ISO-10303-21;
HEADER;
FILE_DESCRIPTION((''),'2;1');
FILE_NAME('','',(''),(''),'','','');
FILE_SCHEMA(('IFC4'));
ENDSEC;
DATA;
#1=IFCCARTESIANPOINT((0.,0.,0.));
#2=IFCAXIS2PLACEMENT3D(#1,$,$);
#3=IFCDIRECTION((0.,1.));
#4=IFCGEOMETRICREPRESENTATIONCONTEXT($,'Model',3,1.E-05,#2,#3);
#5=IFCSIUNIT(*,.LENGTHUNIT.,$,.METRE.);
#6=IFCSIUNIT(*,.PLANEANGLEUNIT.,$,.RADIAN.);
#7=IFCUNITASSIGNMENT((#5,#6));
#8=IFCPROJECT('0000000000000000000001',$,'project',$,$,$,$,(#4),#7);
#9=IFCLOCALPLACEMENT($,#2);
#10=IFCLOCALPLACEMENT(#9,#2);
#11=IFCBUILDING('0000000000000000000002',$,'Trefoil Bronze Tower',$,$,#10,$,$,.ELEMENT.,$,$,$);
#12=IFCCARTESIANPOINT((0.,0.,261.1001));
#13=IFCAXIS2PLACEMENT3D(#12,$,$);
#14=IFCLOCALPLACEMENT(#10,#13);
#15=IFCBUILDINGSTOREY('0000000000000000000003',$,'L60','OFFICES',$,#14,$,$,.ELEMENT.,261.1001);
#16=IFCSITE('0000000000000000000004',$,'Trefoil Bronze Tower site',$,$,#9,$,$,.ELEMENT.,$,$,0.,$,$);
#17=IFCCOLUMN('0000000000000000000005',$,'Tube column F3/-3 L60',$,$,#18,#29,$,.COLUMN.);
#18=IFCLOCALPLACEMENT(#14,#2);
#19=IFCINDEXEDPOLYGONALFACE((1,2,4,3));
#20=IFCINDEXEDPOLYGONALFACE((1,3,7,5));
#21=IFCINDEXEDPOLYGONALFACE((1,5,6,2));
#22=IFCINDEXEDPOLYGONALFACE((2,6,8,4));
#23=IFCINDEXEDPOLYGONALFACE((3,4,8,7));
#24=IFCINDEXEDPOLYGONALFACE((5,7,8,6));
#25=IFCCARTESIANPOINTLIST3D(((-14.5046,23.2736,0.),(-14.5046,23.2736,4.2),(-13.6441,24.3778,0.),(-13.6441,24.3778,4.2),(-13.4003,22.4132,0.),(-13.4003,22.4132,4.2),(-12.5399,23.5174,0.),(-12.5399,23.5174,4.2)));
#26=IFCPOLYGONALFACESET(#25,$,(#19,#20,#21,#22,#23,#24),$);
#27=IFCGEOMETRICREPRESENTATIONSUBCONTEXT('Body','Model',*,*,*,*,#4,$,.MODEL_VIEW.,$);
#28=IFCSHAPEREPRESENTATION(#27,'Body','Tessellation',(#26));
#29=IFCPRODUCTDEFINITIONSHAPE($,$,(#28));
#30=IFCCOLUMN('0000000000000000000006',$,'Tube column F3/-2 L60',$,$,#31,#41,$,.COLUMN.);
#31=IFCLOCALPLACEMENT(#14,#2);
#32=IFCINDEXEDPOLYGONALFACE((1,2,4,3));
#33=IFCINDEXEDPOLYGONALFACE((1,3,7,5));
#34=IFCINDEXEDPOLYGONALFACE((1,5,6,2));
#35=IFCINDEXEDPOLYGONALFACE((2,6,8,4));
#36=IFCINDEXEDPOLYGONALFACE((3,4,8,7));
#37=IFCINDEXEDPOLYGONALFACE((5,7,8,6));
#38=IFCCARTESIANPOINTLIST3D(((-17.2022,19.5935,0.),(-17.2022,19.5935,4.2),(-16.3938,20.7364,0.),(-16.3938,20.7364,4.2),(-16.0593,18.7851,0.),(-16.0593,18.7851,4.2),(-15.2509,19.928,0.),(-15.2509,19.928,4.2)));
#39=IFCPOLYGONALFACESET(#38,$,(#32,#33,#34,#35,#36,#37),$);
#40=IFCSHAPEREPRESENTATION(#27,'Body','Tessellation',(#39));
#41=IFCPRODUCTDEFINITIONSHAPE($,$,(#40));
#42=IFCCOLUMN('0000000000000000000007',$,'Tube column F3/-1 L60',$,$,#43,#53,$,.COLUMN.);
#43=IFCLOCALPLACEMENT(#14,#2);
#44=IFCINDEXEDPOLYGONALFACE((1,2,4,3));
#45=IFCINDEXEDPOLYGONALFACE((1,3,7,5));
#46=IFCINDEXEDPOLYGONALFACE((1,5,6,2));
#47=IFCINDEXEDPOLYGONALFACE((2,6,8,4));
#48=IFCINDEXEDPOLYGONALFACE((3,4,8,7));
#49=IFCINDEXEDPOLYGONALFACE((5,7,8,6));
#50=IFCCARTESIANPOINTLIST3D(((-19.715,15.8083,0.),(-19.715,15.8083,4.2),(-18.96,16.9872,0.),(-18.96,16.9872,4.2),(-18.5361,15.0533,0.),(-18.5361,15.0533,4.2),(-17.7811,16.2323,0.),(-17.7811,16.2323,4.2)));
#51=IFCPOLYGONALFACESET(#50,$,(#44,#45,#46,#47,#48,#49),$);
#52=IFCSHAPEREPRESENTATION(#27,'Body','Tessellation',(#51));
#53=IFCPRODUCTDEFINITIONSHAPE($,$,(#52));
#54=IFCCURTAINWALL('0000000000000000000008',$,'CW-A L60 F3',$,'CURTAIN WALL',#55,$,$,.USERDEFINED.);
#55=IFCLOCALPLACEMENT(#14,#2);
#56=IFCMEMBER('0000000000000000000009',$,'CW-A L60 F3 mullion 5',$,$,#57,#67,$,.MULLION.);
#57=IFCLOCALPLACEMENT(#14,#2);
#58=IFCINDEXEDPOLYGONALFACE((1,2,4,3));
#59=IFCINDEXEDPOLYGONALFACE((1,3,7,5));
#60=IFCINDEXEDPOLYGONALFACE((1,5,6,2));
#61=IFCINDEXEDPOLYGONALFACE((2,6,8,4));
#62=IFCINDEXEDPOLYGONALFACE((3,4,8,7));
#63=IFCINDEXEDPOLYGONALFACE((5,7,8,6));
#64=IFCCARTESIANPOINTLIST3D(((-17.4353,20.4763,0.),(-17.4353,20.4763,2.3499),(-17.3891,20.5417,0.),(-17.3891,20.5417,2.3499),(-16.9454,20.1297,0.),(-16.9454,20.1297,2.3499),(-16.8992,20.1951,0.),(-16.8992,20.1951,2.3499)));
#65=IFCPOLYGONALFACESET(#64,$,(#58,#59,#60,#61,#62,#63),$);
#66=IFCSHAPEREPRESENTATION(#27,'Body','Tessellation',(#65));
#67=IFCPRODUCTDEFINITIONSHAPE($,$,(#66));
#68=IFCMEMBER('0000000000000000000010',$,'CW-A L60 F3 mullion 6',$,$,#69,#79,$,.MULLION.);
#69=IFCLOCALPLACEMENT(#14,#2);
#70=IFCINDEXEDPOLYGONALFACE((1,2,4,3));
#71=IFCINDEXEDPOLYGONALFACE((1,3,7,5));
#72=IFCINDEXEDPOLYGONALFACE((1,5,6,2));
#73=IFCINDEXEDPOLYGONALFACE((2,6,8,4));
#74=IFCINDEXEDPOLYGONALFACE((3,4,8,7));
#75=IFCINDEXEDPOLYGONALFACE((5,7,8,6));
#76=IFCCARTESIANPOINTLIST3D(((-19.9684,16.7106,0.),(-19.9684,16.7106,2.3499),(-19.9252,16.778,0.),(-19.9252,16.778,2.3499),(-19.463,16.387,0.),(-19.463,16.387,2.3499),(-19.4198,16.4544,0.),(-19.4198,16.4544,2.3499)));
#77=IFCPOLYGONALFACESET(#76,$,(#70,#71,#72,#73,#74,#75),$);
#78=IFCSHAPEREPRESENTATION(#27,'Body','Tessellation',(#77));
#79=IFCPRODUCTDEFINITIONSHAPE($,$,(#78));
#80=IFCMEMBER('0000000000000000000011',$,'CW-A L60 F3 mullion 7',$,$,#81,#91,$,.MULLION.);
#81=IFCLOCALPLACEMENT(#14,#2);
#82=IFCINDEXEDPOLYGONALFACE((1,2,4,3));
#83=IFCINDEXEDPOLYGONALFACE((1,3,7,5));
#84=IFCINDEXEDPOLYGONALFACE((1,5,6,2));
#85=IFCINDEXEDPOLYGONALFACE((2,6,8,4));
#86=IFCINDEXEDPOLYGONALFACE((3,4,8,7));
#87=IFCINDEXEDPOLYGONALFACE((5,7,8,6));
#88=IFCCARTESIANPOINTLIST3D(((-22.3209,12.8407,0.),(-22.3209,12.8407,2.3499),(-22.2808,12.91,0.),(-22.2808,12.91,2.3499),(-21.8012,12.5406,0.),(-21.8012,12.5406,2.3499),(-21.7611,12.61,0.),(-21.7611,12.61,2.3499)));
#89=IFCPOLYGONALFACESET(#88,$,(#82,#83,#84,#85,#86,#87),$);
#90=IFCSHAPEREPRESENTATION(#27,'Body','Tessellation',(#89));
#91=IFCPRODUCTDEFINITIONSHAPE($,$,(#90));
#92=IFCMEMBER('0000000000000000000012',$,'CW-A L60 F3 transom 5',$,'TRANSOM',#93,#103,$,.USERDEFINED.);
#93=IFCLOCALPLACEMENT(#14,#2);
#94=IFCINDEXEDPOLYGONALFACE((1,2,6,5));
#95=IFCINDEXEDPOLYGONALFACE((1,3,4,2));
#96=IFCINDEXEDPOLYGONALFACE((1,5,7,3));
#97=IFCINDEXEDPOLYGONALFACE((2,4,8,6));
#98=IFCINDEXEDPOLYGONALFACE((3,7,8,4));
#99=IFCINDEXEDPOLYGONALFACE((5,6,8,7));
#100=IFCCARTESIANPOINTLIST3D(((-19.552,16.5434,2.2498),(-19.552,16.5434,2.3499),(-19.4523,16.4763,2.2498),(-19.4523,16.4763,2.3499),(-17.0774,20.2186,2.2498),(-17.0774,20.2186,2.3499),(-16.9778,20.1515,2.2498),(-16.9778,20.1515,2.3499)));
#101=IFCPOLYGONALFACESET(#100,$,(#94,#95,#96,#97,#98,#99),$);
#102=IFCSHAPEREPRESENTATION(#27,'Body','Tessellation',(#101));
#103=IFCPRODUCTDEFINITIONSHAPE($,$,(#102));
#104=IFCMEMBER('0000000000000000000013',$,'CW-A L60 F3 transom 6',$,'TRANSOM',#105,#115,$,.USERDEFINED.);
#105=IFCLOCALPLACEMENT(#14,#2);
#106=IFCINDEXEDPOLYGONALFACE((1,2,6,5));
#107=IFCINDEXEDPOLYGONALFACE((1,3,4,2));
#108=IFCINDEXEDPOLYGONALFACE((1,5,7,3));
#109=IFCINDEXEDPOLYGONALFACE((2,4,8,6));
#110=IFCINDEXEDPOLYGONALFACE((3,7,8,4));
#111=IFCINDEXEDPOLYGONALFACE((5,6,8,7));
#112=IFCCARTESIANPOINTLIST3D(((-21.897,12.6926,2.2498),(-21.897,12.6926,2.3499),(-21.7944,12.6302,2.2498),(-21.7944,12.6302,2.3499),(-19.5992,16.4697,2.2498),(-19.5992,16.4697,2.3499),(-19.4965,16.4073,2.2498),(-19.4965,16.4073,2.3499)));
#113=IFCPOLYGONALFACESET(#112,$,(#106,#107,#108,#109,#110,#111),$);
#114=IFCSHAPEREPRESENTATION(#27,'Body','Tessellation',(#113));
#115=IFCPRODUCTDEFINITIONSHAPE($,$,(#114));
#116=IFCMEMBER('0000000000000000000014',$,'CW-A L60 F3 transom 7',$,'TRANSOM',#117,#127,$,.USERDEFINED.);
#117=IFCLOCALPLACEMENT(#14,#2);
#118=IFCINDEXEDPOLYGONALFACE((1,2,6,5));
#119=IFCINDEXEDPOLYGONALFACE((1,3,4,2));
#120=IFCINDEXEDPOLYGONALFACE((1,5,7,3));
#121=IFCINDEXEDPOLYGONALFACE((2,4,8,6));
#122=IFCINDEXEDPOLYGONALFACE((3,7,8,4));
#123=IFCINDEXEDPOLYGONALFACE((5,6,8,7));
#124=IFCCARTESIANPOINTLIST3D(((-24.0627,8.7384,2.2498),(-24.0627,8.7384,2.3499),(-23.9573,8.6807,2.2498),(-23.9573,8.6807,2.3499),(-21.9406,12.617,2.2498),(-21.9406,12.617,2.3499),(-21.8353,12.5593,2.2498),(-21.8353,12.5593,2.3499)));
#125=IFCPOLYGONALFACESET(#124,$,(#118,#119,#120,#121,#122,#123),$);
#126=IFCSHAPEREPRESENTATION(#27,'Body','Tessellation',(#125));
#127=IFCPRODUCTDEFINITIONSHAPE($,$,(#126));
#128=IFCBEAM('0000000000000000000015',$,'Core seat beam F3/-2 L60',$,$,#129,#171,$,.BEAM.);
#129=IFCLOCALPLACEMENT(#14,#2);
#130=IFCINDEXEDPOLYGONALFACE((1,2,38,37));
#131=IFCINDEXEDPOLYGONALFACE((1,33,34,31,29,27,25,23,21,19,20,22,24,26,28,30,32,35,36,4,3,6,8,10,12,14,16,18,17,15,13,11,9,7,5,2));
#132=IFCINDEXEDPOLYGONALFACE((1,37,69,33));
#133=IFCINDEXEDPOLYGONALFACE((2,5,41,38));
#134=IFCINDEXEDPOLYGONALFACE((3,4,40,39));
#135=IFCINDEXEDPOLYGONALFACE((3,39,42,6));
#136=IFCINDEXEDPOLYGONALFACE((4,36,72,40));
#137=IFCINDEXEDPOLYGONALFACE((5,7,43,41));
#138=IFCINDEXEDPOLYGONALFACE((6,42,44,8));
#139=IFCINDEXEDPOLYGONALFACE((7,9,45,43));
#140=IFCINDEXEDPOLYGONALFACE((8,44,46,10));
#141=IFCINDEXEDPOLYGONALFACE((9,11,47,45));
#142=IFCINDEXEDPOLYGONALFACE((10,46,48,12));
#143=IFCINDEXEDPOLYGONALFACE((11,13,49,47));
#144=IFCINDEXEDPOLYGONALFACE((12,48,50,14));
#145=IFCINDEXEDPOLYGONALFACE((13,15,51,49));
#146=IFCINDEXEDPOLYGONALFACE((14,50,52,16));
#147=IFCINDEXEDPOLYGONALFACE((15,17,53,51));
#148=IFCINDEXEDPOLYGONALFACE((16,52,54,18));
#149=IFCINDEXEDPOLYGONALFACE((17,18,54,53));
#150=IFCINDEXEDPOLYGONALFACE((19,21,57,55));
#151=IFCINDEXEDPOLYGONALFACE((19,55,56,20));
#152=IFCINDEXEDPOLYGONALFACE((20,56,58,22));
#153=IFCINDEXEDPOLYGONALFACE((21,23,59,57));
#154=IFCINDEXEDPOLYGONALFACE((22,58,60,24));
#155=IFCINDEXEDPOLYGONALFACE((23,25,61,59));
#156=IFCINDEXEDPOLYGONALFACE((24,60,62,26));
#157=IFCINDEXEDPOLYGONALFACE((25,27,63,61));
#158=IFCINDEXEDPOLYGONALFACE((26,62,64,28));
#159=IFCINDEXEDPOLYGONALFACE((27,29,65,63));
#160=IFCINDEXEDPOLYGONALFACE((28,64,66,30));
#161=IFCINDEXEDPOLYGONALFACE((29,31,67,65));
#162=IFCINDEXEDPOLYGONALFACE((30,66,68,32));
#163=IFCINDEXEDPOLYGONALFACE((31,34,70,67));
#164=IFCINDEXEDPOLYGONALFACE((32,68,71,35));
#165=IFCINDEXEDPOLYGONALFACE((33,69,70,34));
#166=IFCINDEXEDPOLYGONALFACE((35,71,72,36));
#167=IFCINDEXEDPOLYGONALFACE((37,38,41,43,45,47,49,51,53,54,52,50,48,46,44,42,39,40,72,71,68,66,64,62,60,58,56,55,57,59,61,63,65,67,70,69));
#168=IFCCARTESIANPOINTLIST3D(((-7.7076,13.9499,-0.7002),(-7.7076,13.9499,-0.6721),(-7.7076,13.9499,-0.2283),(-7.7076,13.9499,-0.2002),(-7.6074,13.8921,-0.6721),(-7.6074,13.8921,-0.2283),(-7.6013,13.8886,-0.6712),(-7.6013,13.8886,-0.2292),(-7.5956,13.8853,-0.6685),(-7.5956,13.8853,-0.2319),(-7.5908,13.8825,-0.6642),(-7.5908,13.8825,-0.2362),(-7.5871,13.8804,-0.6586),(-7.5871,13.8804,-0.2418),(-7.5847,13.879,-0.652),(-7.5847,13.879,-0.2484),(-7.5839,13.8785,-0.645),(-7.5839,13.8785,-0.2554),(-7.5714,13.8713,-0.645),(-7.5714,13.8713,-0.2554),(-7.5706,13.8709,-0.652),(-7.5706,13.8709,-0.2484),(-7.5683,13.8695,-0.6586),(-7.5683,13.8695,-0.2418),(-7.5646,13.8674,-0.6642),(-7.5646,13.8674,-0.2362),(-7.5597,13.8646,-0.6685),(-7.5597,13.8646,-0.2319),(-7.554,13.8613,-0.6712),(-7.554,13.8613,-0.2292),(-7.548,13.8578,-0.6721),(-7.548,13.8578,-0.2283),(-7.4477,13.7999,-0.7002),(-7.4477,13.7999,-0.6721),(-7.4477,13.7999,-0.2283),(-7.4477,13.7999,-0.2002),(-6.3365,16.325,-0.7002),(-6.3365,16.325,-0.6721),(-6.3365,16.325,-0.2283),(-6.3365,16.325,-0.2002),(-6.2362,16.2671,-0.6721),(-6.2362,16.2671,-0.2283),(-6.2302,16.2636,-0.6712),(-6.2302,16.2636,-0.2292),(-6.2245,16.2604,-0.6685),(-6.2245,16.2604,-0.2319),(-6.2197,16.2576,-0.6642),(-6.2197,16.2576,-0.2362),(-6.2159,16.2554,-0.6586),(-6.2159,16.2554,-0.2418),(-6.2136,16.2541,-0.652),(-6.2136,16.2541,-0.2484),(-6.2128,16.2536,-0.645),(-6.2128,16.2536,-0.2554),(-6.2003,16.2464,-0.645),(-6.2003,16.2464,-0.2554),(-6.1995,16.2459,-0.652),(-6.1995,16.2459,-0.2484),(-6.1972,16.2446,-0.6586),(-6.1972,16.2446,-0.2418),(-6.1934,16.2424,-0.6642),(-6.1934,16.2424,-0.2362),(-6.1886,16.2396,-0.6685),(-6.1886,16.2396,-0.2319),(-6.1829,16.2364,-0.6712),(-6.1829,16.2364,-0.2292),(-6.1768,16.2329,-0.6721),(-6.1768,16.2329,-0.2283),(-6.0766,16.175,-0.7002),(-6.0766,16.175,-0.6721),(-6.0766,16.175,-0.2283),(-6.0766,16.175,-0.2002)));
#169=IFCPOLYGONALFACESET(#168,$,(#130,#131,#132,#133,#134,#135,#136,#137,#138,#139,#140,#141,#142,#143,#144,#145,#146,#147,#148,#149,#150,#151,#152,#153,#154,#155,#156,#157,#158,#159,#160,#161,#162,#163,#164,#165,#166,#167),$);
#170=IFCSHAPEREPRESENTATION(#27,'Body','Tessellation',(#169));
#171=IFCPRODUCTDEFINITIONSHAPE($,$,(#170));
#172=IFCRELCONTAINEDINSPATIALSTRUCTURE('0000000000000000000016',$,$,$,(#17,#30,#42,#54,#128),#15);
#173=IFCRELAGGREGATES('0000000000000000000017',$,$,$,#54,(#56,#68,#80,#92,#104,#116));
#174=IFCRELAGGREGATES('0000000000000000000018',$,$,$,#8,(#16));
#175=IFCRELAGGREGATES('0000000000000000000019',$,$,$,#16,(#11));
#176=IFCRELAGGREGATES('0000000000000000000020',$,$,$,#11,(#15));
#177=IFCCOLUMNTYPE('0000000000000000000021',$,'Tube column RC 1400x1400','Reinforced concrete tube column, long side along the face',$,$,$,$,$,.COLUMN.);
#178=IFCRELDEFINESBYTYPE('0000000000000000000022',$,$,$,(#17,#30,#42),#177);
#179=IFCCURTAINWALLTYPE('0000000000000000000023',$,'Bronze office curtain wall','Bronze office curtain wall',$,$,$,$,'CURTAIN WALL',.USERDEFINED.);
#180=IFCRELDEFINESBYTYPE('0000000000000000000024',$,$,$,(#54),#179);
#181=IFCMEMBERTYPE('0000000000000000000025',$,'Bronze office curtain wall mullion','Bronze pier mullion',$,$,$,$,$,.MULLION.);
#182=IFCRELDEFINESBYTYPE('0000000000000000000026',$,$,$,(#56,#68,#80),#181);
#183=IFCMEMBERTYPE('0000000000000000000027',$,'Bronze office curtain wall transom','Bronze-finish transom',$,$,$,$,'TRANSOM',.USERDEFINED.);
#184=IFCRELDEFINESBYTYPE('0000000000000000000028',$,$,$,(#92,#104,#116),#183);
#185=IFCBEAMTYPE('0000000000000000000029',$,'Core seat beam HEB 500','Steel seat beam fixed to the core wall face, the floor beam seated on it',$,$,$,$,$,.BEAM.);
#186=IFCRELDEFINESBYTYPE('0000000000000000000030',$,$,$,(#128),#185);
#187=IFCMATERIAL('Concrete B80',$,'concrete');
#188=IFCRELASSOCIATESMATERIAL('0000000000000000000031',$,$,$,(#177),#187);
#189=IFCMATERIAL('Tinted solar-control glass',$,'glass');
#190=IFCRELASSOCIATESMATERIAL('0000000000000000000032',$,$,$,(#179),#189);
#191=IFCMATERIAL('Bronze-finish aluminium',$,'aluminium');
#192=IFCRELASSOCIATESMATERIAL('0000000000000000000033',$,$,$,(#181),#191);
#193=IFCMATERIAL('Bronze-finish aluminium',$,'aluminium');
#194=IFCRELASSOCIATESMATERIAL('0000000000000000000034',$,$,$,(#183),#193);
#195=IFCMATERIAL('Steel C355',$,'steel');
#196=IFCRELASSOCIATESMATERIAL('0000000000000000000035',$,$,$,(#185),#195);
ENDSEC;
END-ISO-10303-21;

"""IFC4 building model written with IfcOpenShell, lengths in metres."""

from ifc_helpers import new_model, si_unit, direction, frame, origin, origin_2d, place, context, subcontext, project, spatial, rectangle, i_section, extrude, material, material_profile, profile_set, type_object, element, aggregate, save


model = new_model("IFC4")

# Units and contexts
model_context = context("Model", 3, precision=1e-05, world=origin(), true_north=direction((0.0, 1.0)))
body_context = subcontext(model_context, "Body", "Model", "MODEL_VIEW")
ifc_project = project(units=[si_unit("LENGTHUNIT", "METRE"), si_unit("PLANEANGLEUNIT", "RADIAN")], contexts=[model_context])

# Site, building, storey
site_placement = place(None, origin())
site = spatial("IfcSite", under=ifc_project, at=site_placement, Name="Trefoil Bronze Tower site", CompositionType="ELEMENT", RefElevation=0.0)
building_placement = place(site_placement, origin())
building = spatial("IfcBuilding", under=site, at=building_placement, Name="Trefoil Bronze Tower", CompositionType="ELEMENT")
storey_placement = place(building_placement, frame((0.0, 0.0, 261.1001)))
storey = spatial("IfcBuildingStorey", under=building, at=storey_placement, Name="L60", Description="OFFICES", CompositionType="ELEMENT", Elevation=261.1001)

# Columns
ifc_material_1 = material(Name="Concrete B80", Category="concrete")
ifc_material_profile_1 = material_profile(ifc_material_1, rectangle(XDim=1.3999, YDim=1.3999, at=origin_2d()), Name="RC 1400x1400")
ifc_profile_set_1 = profile_set([ifc_material_profile_1], Name="Concrete B80")
column_type = type_object("IfcColumnType", Name="Tube column RC 1400x1400", Description="Reinforced concrete tube column, long side along the face", PredefinedType="COLUMN", material=ifc_profile_set_1)
for number, where, z_axis, x_axis, name in (
    (1, (-13.5222, 23.3955, 0.0), (0.0, 0.0, 1.0), (-0.614622, -0.788821, 0.0), "Tube column F3/-3 L60"),
    (2, (-16.2266, 19.7607, 0.0), (0.0, 0.0, 1.0), (-0.577481, -0.816404, 0.0), "Tube column F3/-2 L60"),
    (3, (-18.748, 16.0203, 0.0), (0.0, 0.0, 1.0), (-0.53927, -0.842133, 0.0), "Tube column F3/-1 L60"),
):
    element("IfcColumn", number, at=place(storey_placement, frame(where, z_axis=z_axis, x_axis=x_axis)), inside=storey, type_object=column_type, Name=name, PredefinedType="COLUMN", context=body_context, shape_type="SweptSolid", body=[
        extrude(rectangle(XDim=1.3999, YDim=1.3999, at=origin_2d()), origin(), (0.0, 0.0, 1.0), 4.2),
    ])

# Curtain wall, members
ifc_material_2 = material(Name="Tinted solar-control glass", Category="glass")
curtain_wall_type = type_object("IfcCurtainWallType", Name="Bronze office curtain wall", Description="Bronze office curtain wall", ElementType="CURTAIN WALL", PredefinedType="USERDEFINED", material=ifc_material_2)
curtain_wall_placement = place(storey_placement, origin())
curtain_wall = element("IfcCurtainWall", 4, at=curtain_wall_placement, inside=storey, type_object=curtain_wall_type, Name="CW-A L60 F3", ObjectType="CURTAIN WALL", PredefinedType="USERDEFINED")
ifc_material_3 = material(Name="Bronze-finish aluminium", Category="aluminium")
ifc_material_profile_2 = material_profile(ifc_material_3, rectangle(XDim=0.6001, YDim=0.0801, at=origin_2d()), Name="CW-A mullion")
ifc_profile_set_2 = profile_set([ifc_material_profile_2], Name="Bronze-finish aluminium")
member_type_1 = type_object("IfcMemberType", Name="Bronze office curtain wall mullion", Description="Bronze pier mullion", PredefinedType="MULLION", material=ifc_profile_set_2)
member_1_placement = place(storey_placement, frame((-17.1672, 20.3357, 0.0), z_axis=(0.0, 0.0, 1.0), x_axis=(0.816404, -0.577481, 0.0)))
member_1 = element("IfcMember", 5, at=member_1_placement, type_object=member_type_1, Name="CW-A L60 F3 mullion 5", PredefinedType="MULLION", context=body_context, shape_type="SweptSolid", body=[
    extrude(rectangle(XDim=0.6001, YDim=0.0801, at=origin_2d()), origin(), (0.0, 0.0, 1.0), 2.3499),
])
member_2_placement = place(storey_placement, frame((-19.6941, 16.5825, 0.0), z_axis=(0.0, 0.0, 1.0), x_axis=(0.842133, -0.53927, 0.0)))
member_2 = element("IfcMember", 6, at=member_2_placement, type_object=member_type_1, Name="CW-A L60 F3 mullion 6", PredefinedType="MULLION", context=body_context, shape_type="SweptSolid", body=[
    extrude(rectangle(XDim=0.6001, YDim=0.0801, at=origin_2d()), origin(), (0.0, 0.0, 1.0), 2.3499),
])
member_3_placement = place(storey_placement, frame((-22.041, 12.7253, 0.0), z_axis=(0.0, 0.0, 1.0), x_axis=(0.866025, -0.5, 0.0)))
member_3 = element("IfcMember", 7, at=member_3_placement, type_object=member_type_1, Name="CW-A L60 F3 mullion 7", PredefinedType="MULLION", context=body_context, shape_type="SweptSolid", body=[
    extrude(rectangle(XDim=0.6001, YDim=0.0801, at=origin_2d()), origin(), (0.0, 0.0, 1.0), 2.3499),
])
ifc_material_4 = material(Name="Bronze-finish aluminium", Category="aluminium")
ifc_material_profile_3 = material_profile(ifc_material_4, rectangle(XDim=0.1201, YDim=0.1001, at=origin_2d()), Name="CW-A transom")
ifc_profile_set_3 = profile_set([ifc_material_profile_3], Name="Bronze-finish aluminium")
member_type_2 = type_object("IfcMemberType", Name="Bronze office curtain wall transom", Description="Bronze-finish transom", ElementType="TRANSOM", PredefinedType="USERDEFINED", material=ifc_profile_set_3)
member_4_placement = place(storey_placement, frame((-17.0276, 20.1851, 2.2998), z_axis=(-0.558509, -0.829498, 0.0), x_axis=(0.829498, -0.558509, 0.0)))
member_4 = element("IfcMember", 8, at=member_4_placement, type_object=member_type_2, Name="CW-A L60 F3 transom 5", ObjectType="TRANSOM", PredefinedType="USERDEFINED", context=body_context, shape_type="SweptSolid", body=[
    extrude(rectangle(XDim=0.1201, YDim=0.1001, at=origin_2d()), origin(), (0.0, 0.0, 1.0), 4.4307),
])
member_5_placement = place(storey_placement, frame((-19.5479, 16.4385, 2.2998), z_axis=(-0.51974, -0.854324, 0.0), x_axis=(0.854324, -0.51974, 0.0)))
member_5 = element("IfcMember", 9, at=member_5_placement, type_object=member_type_2, Name="CW-A L60 F3 transom 6", ObjectType="TRANSOM", PredefinedType="USERDEFINED", context=body_context, shape_type="SweptSolid", body=[
    extrude(rectangle(XDim=0.1201, YDim=0.1001, at=origin_2d()), origin(), (0.0, 0.0, 1.0), 4.4211),
])
member_6_placement = place(storey_placement, frame((-21.8879, 12.5881, 2.2998), z_axis=(-0.479974, -0.877283, 0.0), x_axis=(0.877283, -0.479974, 0.0)))
member_6 = element("IfcMember", 10, at=member_6_placement, type_object=member_type_2, Name="CW-A L60 F3 transom 7", ObjectType="TRANSOM", PredefinedType="USERDEFINED", context=body_context, shape_type="SweptSolid", body=[
    extrude(rectangle(XDim=0.1201, YDim=0.1001, at=origin_2d()), origin(), (0.0, 0.0, 1.0), 4.4211),
])

# Beam
ifc_material_5 = material(Name="Steel C355", Category="steel")
ifc_material_profile_4 = material_profile(ifc_material_5, i_section(OverallWidth=0.3, OverallDepth=0.5, WebThickness=0.0144, FlangeThickness=0.0281, FilletRadius=0.0271, at=origin_2d()), Name="HEB 500")
ifc_profile_set_4 = profile_set([ifc_material_profile_4], Name="Steel C355")
beam_type_1 = type_object("IfcBeamType", Name="Core seat beam HEB 500", Description="Steel seat beam fixed to the core wall face, the floor beam seated on it", PredefinedType="BEAM", material=ifc_profile_set_4)
beam_1_placement = place(storey_placement, frame((-6.2065, 16.25, -0.4502), z_axis=(-0.499969, -0.866043, 0.0), x_axis=(0.866043, -0.499969, 0.0)))
element("IfcBeam", 11, at=beam_1_placement, inside=storey, type_object=beam_type_1, Name="Core seat beam F3/-2 L60", PredefinedType="BEAM", context=body_context, shape_type="SweptSolid", body=[
    extrude(i_section(OverallWidth=0.3, OverallDepth=0.5, WebThickness=0.0144, FlangeThickness=0.0281, FilletRadius=0.0271, at=origin_2d()), origin(), (0.0, 0.0, 1.0), 2.7424),
])

aggregate(curtain_wall, [member_1, member_2, member_3, member_4, member_5, member_6])

save(model, "model.ifc")
